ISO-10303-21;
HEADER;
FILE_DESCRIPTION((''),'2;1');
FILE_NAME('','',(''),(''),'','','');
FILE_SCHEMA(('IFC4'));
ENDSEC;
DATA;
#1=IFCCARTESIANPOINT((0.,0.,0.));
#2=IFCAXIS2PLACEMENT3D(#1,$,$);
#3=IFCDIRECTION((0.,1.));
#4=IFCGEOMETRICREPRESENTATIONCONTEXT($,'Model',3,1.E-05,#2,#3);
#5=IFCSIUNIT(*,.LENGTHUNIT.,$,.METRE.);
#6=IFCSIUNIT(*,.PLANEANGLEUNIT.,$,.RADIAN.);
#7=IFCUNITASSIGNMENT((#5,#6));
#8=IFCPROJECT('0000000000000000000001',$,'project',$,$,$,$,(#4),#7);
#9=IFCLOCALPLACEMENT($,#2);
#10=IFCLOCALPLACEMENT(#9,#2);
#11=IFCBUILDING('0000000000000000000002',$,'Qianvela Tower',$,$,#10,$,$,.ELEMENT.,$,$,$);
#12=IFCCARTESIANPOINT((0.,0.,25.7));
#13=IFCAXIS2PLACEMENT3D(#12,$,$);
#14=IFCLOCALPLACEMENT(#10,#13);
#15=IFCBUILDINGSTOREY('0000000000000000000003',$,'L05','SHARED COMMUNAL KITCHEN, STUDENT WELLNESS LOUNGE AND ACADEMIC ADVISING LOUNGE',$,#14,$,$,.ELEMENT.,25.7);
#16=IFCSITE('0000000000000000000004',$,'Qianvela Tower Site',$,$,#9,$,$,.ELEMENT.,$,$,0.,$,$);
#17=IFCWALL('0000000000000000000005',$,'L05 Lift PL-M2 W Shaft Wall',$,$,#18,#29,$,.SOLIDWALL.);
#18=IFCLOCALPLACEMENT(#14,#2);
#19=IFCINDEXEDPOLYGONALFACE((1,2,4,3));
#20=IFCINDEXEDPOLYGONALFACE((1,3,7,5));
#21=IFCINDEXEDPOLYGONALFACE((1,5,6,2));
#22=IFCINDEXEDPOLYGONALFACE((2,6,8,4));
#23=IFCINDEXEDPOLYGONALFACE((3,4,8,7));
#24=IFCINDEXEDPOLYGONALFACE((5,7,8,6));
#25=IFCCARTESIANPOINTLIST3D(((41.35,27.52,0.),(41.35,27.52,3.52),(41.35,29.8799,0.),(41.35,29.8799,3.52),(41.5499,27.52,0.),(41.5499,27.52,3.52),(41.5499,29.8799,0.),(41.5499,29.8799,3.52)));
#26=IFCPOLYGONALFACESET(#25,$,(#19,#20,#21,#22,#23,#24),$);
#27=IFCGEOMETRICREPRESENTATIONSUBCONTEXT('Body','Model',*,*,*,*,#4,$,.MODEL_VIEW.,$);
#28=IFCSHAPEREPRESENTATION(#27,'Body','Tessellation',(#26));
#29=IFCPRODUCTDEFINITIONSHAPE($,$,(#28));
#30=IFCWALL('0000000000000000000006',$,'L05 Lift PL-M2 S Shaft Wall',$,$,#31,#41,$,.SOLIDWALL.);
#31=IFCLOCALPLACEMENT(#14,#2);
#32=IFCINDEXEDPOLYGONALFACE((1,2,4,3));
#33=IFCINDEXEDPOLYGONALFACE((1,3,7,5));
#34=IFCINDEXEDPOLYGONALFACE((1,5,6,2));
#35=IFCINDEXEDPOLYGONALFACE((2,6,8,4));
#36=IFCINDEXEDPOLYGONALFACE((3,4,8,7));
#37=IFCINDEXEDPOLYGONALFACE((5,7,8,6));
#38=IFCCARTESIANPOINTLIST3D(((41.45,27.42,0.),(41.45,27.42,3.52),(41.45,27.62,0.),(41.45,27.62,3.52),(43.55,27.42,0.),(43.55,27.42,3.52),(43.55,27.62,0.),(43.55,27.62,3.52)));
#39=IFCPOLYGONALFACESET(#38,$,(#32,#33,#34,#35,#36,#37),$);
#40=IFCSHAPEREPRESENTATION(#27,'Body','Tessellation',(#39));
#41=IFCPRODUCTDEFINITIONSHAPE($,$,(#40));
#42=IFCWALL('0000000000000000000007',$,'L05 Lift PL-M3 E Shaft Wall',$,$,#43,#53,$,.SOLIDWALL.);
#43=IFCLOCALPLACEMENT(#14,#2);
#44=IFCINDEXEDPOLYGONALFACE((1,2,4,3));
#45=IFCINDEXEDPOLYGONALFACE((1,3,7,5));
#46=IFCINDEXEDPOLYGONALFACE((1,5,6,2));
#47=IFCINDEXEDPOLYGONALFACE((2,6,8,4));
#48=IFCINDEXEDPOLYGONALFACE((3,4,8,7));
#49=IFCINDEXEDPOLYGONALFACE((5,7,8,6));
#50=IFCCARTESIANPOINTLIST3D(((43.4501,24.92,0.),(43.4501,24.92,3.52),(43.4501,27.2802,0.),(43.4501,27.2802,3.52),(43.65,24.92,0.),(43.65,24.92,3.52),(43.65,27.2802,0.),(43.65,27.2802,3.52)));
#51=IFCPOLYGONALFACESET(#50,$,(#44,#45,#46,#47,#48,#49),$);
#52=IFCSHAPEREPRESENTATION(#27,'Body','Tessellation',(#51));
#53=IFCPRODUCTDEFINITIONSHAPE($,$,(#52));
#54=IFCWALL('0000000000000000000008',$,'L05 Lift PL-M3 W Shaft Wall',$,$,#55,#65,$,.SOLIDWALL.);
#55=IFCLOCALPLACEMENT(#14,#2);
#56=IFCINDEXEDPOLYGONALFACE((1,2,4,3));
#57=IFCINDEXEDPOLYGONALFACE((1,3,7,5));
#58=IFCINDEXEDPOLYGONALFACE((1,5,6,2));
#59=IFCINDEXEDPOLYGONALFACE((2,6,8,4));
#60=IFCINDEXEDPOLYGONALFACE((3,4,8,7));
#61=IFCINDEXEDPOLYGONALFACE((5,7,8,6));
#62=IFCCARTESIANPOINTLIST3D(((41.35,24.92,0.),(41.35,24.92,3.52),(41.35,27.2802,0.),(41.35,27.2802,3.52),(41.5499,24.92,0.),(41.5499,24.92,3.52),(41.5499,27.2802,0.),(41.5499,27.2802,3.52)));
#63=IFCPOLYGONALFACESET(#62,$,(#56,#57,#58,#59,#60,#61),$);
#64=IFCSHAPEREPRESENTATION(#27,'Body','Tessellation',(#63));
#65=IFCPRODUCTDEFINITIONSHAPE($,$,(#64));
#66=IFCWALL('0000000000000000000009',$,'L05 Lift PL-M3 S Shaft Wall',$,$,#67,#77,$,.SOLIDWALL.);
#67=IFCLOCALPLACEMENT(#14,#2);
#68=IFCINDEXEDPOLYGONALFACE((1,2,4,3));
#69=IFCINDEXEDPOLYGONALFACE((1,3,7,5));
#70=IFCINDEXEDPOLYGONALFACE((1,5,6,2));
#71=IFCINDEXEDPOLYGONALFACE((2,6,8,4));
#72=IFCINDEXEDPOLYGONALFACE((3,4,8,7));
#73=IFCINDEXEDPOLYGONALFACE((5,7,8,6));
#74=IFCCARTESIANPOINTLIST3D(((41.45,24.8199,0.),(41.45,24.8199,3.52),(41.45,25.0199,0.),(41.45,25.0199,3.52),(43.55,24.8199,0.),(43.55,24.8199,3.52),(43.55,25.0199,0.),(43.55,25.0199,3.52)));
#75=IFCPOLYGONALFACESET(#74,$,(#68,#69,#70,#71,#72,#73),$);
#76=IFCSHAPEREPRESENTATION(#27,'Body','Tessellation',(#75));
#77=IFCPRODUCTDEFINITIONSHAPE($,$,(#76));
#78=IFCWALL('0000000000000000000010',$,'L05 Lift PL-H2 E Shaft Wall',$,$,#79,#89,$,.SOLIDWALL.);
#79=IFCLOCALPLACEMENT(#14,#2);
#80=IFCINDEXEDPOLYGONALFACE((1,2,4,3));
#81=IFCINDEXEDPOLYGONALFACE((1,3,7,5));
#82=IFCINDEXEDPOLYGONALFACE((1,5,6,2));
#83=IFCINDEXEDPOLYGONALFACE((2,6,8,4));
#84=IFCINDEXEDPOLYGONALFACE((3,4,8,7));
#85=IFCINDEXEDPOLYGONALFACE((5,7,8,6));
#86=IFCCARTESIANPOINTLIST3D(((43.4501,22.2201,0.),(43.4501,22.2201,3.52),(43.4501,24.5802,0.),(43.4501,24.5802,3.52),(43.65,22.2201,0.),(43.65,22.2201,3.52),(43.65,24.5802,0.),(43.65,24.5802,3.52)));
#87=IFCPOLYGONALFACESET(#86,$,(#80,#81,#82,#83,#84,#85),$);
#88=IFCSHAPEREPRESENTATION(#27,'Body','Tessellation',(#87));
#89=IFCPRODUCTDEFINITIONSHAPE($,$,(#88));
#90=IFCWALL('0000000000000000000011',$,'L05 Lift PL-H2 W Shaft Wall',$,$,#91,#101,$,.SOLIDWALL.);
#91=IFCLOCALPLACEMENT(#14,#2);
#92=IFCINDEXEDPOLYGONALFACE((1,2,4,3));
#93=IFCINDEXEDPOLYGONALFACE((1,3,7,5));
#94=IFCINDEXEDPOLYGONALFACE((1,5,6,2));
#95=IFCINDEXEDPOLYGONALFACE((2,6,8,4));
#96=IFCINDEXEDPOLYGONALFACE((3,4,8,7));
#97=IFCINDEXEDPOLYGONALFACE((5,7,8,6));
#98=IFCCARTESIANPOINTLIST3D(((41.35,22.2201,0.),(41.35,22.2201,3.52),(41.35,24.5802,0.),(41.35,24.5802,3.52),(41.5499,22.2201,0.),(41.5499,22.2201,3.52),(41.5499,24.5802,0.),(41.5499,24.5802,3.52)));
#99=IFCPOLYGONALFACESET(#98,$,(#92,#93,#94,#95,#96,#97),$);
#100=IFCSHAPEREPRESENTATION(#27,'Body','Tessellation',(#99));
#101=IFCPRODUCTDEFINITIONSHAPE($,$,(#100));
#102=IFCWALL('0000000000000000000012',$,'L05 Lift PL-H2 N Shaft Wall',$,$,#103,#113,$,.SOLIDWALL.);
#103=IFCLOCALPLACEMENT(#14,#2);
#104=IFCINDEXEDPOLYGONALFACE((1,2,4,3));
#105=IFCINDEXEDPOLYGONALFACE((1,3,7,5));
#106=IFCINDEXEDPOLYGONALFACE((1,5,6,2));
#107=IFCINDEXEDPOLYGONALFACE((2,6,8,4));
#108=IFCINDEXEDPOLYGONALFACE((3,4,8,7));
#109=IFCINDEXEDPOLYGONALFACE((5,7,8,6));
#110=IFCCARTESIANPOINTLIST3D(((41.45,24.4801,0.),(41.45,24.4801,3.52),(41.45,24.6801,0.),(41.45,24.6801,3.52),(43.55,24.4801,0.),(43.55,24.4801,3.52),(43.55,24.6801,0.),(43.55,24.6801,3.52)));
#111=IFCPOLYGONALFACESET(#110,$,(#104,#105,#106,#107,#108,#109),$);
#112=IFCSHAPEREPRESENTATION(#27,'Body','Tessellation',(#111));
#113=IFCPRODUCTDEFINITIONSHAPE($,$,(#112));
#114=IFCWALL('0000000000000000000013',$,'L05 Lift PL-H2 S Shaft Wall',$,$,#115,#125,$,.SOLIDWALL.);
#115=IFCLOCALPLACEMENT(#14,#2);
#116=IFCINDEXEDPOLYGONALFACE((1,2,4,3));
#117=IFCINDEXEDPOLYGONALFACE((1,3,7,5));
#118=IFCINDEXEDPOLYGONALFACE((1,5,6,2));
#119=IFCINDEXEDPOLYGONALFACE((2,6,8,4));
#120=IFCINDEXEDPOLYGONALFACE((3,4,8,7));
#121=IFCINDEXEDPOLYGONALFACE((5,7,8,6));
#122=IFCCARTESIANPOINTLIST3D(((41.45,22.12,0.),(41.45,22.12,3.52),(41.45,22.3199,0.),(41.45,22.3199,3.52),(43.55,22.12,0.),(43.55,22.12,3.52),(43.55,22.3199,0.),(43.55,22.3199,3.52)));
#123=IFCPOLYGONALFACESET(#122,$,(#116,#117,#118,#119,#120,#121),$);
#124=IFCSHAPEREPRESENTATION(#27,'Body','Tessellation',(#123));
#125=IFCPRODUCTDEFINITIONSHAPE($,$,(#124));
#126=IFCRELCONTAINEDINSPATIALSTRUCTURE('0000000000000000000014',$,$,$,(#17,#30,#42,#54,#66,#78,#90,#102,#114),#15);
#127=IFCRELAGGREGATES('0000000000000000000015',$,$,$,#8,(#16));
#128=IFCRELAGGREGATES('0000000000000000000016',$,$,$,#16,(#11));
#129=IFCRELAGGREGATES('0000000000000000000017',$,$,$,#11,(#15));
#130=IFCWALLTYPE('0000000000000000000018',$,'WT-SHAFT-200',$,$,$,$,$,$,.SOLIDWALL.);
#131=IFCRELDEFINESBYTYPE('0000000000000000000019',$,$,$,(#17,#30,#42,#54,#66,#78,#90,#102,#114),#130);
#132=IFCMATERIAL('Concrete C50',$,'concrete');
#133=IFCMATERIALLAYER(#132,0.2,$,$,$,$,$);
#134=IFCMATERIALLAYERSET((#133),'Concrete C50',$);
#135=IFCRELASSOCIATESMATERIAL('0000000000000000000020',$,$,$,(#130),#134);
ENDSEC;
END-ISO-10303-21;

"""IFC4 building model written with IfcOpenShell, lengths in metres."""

from ifc_helpers import new_model, si_unit, direction, frame, frame_2d, origin, place, context, subcontext, project, spatial, rectangle, extrude, material, layer, layer_set, type_object, element, save


model = new_model("IFC4")

# Units and contexts
model_context = context("Model", 3, precision=1e-05, world=origin(), true_north=direction((0.0, 1.0)))
body_context = subcontext(model_context, "Body", "Model", "MODEL_VIEW")
ifc_project = project(units=[si_unit("LENGTHUNIT", "METRE"), si_unit("PLANEANGLEUNIT", "RADIAN")], contexts=[model_context])

# Site, building, storey
site_placement = place(None, origin())
site = spatial("IfcSite", under=ifc_project, at=site_placement, Name="Qianvela Tower Site", CompositionType="ELEMENT", RefElevation=0.0)
building_placement = place(site_placement, origin())
building = spatial("IfcBuilding", under=site, at=building_placement, Name="Qianvela Tower", CompositionType="ELEMENT")
storey_placement = place(building_placement, frame((0.0, 0.0, 25.7)))
storey = spatial("IfcBuildingStorey", under=building, at=storey_placement, Name="L05", Description="SHARED COMMUNAL KITCHEN, STUDENT WELLNESS LOUNGE AND ACADEMIC ADVISING LOUNGE", CompositionType="ELEMENT", Elevation=25.7)

# Walls
ifc_material_1 = material(Name="Concrete C50", Category="concrete")
ifc_layer_1 = layer(ifc_material_1, 0.2)
ifc_layer_set_1 = layer_set([ifc_layer_1], Name="Concrete C50")
wall_type_1 = type_object("IfcWallType", Name="WT-SHAFT-200", PredefinedType="SOLIDWALL", material=ifc_layer_set_1)
for number, where, z_axis, x_axis, name in (
    (1, (41.45, 27.52, 0.0), (0.0, 0.0, 1.0), (0.0, 1.0, 0.0), "L05 Lift PL-M2 W Shaft Wall"),
):
    element("IfcWall", number, at=place(storey_placement, frame(where, z_axis=z_axis, x_axis=x_axis)), inside=storey, type_object=wall_type_1, Name=name, PredefinedType="SOLIDWALL", context=body_context, shape_type="SweptSolid", body=[
        extrude(rectangle(XDim=2.3599, YDim=0.2, at=frame_2d((1.1799, 0.0))), origin(), (0.0, 0.0, 1.0), 3.52),
    ])
wall_1_placement = place(storey_placement, frame((41.45, 27.52, 0.0), z_axis=(0.0, 0.0, 1.0), x_axis=(1.0, 0.0, 0.0)))
element("IfcWall", 2, at=wall_1_placement, inside=storey, type_object=wall_type_1, Name="L05 Lift PL-M2 S Shaft Wall", PredefinedType="SOLIDWALL", context=body_context, shape_type="SweptSolid", body=[
    extrude(rectangle(XDim=2.1001, YDim=0.2, at=frame_2d((1.05, 0.0))), origin(), (0.0, 0.0, 1.0), 3.52),
])
for number, where, z_axis, x_axis, name in (
    (3, (43.55, 24.9199, 0.0), (0.0, 0.0, 1.0), (0.0, 1.0, 0.0), "L05 Lift PL-M3 E Shaft Wall"),
    (4, (41.45, 24.9199, 0.0), (0.0, 0.0, 1.0), (0.0, 1.0, 0.0), "L05 Lift PL-M3 W Shaft Wall"),
):
    element("IfcWall", number, at=place(storey_placement, frame(where, z_axis=z_axis, x_axis=x_axis)), inside=storey, type_object=wall_type_1, Name=name, PredefinedType="SOLIDWALL", context=body_context, shape_type="SweptSolid", body=[
        extrude(rectangle(XDim=2.3601, YDim=0.2, at=frame_2d((1.1802, 0.0))), origin(), (0.0, 0.0, 1.0), 3.52),
    ])
wall_2_placement = place(storey_placement, frame((41.45, 24.9199, 0.0), z_axis=(0.0, 0.0, 1.0), x_axis=(1.0, 0.0, 0.0)))
element("IfcWall", 5, at=wall_2_placement, inside=storey, type_object=wall_type_1, Name="L05 Lift PL-M3 S Shaft Wall", PredefinedType="SOLIDWALL", context=body_context, shape_type="SweptSolid", body=[
    extrude(rectangle(XDim=2.1001, YDim=0.2, at=frame_2d((1.05, 0.0))), origin(), (0.0, 0.0, 1.0), 3.52),
])
for number, where, z_axis, x_axis, name in (
    (6, (43.55, 22.22, 0.0), (0.0, 0.0, 1.0), (0.0, 1.0, 0.0), "L05 Lift PL-H2 E Shaft Wall"),
    (7, (41.45, 22.22, 0.0), (0.0, 0.0, 1.0), (0.0, 1.0, 0.0), "L05 Lift PL-H2 W Shaft Wall"),
):
    element("IfcWall", number, at=place(storey_placement, frame(where, z_axis=z_axis, x_axis=x_axis)), inside=storey, type_object=wall_type_1, Name=name, PredefinedType="SOLIDWALL", context=body_context, shape_type="SweptSolid", body=[
        extrude(rectangle(XDim=2.3601, YDim=0.2, at=frame_2d((1.1802, 0.0))), origin(), (0.0, 0.0, 1.0), 3.52),
    ])
for number, where, z_axis, x_axis, name in (
    (8, (41.45, 24.5801, 0.0), (0.0, 0.0, 1.0), (1.0, 0.0, 0.0), "L05 Lift PL-H2 N Shaft Wall"),
    (9, (41.45, 22.22, 0.0), (0.0, 0.0, 1.0), (1.0, 0.0, 0.0), "L05 Lift PL-H2 S Shaft Wall"),
):
    element("IfcWall", number, at=place(storey_placement, frame(where, z_axis=z_axis, x_axis=x_axis)), inside=storey, type_object=wall_type_1, Name=name, PredefinedType="SOLIDWALL", context=body_context, shape_type="SweptSolid", body=[
        extrude(rectangle(XDim=2.1001, YDim=0.2, at=frame_2d((1.05, 0.0))), origin(), (0.0, 0.0, 1.0), 3.52),
    ])

save(model, "model.ifc")
